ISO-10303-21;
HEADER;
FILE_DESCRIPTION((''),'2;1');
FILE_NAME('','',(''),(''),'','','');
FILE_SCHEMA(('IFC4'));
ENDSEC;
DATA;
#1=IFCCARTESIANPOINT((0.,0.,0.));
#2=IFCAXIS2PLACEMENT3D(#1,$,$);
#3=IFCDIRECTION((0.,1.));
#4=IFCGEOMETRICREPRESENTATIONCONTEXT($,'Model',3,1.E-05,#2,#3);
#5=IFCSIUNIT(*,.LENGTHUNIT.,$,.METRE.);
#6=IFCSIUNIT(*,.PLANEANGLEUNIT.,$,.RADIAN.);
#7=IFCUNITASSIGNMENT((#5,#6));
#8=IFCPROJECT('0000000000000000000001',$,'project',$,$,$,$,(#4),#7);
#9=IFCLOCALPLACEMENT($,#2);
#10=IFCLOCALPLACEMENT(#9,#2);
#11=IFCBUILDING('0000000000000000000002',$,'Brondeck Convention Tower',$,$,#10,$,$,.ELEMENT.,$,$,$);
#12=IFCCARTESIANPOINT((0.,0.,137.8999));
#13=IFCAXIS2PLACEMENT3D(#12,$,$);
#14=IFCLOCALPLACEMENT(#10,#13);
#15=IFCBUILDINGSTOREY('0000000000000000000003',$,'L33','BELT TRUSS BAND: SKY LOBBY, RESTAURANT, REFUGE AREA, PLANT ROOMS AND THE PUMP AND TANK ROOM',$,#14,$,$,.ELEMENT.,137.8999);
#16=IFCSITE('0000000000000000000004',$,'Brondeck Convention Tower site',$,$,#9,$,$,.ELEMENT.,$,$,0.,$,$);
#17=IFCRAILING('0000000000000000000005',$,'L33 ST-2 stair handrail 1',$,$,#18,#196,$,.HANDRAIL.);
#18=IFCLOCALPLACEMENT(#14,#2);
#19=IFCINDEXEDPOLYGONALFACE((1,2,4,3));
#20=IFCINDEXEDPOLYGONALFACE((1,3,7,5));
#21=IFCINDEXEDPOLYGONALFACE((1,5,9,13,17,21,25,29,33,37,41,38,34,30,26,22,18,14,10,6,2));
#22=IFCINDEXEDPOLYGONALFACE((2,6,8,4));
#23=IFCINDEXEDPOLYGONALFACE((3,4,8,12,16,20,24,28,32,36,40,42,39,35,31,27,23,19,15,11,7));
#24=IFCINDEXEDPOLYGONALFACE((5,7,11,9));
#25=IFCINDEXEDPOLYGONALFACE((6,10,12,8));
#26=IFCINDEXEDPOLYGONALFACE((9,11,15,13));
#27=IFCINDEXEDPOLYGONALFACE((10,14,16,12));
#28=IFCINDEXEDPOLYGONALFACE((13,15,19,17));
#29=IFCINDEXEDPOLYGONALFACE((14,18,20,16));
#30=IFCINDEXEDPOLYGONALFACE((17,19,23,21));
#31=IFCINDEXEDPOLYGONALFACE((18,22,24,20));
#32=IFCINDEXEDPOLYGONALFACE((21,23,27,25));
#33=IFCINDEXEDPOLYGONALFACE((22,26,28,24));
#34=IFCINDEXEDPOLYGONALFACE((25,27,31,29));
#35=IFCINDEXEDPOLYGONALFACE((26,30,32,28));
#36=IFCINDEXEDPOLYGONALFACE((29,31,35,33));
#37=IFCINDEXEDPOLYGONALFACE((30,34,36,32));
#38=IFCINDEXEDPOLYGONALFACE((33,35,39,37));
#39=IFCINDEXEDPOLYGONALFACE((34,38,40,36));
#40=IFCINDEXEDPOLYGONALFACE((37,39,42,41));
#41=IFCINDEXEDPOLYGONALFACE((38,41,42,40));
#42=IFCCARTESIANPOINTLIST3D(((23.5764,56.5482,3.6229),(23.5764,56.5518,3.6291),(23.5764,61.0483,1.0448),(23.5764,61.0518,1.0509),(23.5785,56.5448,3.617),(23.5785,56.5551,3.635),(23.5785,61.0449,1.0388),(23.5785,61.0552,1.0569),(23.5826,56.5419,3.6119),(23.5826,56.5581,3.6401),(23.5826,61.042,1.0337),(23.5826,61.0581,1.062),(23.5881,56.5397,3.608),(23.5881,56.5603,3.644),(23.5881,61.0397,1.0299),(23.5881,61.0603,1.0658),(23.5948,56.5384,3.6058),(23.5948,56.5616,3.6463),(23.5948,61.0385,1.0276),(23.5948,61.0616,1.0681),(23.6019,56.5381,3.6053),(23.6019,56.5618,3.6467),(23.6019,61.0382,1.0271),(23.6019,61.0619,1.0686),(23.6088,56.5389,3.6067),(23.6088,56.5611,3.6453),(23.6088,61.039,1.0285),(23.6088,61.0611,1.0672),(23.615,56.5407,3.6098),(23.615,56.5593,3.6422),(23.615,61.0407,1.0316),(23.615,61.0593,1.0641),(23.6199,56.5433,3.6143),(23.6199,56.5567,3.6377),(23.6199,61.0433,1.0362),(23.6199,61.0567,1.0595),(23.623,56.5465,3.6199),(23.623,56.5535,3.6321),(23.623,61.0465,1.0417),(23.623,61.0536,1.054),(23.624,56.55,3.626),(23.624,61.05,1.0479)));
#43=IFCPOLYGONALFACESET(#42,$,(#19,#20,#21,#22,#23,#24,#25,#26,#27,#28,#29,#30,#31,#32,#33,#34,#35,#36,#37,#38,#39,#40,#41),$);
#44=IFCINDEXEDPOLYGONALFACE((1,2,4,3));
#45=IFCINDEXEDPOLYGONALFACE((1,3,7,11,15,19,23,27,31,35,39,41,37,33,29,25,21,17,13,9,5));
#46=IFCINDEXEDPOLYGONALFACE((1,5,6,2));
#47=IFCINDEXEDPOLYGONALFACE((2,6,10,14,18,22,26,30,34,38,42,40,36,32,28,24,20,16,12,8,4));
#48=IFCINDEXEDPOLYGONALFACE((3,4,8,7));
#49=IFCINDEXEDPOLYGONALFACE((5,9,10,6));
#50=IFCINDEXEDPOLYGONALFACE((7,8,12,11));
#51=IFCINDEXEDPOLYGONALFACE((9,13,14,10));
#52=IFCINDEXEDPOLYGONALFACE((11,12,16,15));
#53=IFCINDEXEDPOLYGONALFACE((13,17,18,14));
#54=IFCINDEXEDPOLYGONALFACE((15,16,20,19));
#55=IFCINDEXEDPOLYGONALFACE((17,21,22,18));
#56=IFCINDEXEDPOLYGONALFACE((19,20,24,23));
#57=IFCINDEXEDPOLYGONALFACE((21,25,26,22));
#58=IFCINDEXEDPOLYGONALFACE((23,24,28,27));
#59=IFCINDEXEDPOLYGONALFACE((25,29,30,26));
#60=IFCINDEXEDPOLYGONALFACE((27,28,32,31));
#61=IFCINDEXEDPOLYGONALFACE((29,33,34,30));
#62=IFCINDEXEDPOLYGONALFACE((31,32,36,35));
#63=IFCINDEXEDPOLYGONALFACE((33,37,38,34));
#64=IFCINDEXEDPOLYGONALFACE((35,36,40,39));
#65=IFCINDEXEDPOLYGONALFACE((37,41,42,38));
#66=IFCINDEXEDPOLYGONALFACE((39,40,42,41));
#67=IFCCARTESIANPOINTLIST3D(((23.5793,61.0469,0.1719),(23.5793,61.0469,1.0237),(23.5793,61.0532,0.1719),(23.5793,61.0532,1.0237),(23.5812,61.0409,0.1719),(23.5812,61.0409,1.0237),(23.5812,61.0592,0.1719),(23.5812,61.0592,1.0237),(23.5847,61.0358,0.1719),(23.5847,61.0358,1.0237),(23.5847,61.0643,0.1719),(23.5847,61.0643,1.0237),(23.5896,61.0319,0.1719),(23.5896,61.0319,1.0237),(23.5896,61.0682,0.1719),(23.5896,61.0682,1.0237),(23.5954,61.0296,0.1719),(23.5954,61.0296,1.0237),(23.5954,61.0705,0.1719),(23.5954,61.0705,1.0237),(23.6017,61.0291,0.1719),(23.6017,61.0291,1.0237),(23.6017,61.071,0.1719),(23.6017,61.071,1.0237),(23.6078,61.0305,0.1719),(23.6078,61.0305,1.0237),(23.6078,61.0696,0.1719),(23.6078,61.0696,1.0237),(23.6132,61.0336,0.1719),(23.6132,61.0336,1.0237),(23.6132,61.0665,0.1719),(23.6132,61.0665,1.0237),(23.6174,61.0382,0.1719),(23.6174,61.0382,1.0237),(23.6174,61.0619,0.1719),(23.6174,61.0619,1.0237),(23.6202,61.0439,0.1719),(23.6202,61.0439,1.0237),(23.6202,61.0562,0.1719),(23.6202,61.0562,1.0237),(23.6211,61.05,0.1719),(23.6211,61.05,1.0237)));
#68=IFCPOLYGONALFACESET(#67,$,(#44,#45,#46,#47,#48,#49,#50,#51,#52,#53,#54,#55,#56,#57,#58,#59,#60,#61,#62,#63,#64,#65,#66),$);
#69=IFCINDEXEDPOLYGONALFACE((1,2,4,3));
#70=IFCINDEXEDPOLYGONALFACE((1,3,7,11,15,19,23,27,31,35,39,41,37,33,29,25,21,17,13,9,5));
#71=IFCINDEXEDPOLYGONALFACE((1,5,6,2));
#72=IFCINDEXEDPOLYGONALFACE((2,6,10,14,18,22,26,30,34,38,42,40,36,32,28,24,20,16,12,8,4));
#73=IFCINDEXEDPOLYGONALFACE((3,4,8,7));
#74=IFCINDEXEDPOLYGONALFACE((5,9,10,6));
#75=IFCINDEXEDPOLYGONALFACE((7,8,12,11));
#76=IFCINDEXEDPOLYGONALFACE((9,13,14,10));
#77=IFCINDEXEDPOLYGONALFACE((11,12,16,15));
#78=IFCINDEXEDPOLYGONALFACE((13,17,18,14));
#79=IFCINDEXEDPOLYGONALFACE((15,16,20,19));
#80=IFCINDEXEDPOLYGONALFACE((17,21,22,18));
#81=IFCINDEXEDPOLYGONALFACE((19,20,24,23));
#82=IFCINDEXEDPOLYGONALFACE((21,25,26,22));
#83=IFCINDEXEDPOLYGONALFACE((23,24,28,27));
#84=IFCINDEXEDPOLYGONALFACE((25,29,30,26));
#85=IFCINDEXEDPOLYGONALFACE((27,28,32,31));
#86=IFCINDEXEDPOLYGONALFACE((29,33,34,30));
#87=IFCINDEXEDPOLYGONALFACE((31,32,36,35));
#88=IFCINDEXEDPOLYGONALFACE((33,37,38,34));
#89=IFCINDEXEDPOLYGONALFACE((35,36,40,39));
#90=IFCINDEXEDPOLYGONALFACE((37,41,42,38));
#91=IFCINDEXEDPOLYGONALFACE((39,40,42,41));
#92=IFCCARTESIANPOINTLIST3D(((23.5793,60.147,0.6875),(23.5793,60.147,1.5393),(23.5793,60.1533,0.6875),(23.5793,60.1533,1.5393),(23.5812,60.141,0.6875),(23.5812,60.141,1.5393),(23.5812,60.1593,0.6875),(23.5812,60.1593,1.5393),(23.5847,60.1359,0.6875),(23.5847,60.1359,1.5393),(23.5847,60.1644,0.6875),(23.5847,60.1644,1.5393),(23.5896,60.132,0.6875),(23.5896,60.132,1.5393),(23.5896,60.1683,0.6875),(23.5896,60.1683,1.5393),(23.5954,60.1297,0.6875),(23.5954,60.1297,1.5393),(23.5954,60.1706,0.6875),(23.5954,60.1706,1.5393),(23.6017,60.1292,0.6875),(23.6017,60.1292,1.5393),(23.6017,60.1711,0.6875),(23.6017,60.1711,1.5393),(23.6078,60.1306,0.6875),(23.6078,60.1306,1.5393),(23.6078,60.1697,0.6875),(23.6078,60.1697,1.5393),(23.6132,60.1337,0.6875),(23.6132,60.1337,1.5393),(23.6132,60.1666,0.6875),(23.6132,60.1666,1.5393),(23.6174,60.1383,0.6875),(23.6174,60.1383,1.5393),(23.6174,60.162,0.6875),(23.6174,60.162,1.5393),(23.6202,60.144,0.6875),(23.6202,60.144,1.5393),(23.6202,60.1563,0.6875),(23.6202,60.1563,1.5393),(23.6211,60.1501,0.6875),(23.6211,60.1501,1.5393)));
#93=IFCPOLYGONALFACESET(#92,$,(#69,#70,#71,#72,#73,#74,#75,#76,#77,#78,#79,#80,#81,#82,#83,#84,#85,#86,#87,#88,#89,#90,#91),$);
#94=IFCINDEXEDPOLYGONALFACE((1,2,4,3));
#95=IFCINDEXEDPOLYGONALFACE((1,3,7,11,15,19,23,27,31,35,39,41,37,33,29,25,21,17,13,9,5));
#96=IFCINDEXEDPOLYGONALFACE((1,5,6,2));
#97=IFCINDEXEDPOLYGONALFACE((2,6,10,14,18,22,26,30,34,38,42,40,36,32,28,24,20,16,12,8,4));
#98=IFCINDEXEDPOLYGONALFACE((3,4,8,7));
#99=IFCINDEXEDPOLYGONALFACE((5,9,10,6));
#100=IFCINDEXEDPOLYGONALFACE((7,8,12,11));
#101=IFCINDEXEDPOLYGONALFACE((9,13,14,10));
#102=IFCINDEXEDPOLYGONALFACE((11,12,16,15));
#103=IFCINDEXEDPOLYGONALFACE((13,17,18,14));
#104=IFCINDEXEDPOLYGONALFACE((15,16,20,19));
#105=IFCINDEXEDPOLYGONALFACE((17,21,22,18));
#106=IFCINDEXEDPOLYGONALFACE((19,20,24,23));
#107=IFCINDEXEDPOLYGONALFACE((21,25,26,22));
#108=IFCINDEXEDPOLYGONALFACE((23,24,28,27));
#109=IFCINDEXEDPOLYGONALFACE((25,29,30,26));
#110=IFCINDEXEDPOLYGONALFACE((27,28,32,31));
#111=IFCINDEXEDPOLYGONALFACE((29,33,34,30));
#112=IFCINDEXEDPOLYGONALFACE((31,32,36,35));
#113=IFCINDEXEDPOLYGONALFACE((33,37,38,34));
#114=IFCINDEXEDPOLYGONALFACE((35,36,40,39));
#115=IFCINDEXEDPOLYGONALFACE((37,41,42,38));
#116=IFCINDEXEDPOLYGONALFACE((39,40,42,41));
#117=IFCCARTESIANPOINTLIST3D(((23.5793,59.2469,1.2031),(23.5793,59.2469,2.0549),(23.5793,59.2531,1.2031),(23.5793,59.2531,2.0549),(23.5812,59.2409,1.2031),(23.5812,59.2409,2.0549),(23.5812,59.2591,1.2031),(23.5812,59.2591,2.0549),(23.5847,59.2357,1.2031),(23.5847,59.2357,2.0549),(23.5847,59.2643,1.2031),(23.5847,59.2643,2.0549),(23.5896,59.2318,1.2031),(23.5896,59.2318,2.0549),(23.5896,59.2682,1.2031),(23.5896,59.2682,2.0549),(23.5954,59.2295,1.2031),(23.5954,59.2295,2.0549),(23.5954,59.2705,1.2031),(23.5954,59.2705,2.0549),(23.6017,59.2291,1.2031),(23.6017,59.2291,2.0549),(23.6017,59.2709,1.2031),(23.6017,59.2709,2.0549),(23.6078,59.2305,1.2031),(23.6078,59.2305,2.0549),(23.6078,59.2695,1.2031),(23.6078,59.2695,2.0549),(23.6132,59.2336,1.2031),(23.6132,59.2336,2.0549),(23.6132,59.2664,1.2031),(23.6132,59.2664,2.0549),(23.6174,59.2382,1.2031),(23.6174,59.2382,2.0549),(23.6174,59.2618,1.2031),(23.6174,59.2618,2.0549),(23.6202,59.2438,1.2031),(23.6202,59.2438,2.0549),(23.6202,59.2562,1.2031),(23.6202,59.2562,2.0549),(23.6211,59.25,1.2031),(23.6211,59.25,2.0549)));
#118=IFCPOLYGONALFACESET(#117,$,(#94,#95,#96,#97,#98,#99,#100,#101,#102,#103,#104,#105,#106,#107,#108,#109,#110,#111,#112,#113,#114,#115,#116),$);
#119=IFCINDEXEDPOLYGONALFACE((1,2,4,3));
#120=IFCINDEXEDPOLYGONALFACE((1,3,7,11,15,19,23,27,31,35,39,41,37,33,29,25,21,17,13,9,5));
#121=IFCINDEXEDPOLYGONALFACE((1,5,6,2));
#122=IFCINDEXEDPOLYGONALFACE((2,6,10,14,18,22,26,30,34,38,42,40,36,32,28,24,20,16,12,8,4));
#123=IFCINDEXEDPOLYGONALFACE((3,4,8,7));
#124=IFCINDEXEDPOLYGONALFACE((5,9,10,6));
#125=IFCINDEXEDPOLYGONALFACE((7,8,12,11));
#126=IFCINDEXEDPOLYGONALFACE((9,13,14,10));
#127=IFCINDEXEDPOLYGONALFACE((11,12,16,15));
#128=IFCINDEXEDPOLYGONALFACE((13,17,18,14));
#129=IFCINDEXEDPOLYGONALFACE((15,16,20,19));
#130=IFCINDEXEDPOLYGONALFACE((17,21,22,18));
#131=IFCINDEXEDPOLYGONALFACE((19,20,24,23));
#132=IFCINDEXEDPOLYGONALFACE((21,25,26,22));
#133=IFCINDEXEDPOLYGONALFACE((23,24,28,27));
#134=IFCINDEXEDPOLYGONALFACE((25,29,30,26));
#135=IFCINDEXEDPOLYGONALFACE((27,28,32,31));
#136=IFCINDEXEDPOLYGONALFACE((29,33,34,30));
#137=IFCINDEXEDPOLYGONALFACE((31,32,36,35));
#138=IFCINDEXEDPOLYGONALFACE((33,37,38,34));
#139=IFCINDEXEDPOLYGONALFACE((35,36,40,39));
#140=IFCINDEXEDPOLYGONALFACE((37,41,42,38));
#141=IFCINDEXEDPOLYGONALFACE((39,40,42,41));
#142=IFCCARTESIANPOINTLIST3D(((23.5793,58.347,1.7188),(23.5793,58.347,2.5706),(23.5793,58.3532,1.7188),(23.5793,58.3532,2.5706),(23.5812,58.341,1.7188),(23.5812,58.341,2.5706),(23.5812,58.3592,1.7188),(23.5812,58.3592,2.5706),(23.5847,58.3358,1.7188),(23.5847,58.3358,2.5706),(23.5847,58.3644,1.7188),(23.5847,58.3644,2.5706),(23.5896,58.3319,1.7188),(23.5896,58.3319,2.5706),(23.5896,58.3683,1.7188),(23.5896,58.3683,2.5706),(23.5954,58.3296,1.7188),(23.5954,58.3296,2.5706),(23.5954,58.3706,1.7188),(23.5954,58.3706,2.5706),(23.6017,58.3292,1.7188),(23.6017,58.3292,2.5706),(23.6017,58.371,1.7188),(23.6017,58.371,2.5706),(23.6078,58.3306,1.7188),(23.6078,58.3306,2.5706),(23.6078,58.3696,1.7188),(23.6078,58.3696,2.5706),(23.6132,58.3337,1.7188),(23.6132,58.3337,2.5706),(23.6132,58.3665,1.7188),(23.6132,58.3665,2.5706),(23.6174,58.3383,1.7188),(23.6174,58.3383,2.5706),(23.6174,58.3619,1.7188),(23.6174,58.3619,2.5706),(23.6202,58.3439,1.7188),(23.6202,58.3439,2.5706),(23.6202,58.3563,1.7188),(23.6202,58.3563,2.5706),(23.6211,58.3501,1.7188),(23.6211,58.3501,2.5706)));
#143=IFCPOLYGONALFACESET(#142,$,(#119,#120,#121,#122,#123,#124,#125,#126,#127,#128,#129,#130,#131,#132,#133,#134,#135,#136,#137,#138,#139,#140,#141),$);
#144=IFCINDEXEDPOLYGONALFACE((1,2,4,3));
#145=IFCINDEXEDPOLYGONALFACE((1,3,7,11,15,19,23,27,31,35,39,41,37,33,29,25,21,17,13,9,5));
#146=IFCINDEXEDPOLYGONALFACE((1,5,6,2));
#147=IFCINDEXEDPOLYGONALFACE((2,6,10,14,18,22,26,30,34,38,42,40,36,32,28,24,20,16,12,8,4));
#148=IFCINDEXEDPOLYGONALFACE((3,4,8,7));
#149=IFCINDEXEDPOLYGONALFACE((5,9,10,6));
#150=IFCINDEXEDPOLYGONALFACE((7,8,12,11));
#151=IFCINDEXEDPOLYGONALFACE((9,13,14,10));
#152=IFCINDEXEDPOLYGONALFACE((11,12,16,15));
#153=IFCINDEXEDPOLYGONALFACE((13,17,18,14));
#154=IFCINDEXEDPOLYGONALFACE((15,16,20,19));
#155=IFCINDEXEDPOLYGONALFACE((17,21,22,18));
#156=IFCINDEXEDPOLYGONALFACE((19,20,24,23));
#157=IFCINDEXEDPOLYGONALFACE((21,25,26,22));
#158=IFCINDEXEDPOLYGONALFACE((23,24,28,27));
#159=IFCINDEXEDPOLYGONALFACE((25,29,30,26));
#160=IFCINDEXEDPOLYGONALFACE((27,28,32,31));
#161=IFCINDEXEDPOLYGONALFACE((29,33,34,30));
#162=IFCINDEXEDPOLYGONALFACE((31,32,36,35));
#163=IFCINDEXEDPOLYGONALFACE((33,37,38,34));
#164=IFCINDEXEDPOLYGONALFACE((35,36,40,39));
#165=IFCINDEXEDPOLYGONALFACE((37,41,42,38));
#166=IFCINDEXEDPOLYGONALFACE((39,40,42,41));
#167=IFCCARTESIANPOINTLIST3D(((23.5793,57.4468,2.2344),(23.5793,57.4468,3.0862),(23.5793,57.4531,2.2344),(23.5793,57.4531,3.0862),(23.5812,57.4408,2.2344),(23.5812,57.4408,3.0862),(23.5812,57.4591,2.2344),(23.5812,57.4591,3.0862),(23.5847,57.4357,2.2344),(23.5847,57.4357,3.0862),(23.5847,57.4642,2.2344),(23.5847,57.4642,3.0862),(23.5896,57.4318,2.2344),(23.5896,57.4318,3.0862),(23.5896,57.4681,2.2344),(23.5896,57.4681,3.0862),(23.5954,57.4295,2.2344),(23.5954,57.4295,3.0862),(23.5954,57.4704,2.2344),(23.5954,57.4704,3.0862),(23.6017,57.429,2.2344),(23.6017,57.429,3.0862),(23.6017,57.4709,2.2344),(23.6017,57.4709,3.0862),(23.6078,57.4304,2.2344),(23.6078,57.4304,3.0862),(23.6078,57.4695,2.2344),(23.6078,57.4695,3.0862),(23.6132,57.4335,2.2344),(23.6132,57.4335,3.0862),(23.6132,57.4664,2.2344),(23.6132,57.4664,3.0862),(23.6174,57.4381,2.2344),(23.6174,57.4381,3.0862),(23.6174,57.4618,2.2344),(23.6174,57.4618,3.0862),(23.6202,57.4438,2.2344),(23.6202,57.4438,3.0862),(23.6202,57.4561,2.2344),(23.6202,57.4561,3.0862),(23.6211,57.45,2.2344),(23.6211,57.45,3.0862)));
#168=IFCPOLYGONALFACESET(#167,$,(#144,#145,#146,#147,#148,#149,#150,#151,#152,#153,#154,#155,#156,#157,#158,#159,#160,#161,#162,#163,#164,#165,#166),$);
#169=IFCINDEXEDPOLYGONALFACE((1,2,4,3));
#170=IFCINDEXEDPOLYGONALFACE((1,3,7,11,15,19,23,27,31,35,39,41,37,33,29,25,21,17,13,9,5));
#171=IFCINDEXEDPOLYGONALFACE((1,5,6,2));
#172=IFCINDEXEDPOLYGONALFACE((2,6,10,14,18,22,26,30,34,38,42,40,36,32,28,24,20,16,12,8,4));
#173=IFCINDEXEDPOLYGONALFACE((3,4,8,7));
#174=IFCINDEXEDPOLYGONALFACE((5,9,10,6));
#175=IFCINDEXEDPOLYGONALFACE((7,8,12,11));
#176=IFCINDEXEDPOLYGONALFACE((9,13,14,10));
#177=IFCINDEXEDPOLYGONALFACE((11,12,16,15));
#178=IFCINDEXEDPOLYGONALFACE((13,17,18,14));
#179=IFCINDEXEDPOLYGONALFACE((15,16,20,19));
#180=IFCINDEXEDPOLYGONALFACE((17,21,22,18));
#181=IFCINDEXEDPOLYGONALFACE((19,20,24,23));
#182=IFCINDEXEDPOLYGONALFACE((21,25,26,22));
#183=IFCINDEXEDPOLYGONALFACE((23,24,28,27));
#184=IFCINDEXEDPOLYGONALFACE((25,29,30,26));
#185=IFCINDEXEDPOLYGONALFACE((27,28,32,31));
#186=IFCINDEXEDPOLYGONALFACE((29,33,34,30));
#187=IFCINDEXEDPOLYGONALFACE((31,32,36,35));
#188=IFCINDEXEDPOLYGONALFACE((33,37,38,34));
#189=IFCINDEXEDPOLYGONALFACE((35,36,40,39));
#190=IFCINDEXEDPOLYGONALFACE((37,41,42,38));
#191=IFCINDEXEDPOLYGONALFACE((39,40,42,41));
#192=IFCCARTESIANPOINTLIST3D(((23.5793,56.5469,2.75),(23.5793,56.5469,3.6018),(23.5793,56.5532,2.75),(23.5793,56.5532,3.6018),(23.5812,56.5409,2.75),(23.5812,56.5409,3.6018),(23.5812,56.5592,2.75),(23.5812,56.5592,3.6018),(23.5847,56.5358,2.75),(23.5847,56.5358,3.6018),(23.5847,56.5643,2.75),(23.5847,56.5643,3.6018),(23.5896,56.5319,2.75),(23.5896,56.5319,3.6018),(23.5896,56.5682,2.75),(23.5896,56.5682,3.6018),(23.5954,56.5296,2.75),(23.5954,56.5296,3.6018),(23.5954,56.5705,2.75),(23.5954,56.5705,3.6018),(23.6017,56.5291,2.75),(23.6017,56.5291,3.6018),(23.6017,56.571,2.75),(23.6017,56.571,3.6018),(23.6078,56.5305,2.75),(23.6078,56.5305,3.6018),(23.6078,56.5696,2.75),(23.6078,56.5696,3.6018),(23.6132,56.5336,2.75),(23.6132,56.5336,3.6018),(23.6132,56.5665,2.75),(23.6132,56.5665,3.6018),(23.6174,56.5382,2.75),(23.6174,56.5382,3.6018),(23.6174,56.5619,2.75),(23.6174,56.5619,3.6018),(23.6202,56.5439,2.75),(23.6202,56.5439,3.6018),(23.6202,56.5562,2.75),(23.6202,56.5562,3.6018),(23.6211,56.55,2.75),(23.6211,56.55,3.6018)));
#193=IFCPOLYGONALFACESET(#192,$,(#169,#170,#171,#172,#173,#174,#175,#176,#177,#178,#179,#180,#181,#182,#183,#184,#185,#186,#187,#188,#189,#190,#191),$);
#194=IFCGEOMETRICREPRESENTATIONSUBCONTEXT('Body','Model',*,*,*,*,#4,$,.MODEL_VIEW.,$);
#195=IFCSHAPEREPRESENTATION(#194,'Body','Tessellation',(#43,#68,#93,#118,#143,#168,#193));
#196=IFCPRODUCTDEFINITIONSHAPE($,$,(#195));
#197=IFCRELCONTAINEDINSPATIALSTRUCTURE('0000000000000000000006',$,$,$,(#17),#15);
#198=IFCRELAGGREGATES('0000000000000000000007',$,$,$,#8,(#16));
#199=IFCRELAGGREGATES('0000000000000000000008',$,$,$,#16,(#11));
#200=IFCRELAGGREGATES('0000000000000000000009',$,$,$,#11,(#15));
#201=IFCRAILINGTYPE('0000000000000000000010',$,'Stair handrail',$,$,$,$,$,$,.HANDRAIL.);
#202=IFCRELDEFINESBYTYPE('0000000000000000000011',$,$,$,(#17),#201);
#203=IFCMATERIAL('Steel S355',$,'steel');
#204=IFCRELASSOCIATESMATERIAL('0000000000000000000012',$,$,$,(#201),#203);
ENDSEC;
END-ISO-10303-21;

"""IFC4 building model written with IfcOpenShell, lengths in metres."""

from ifc_helpers import new_model, si_unit, direction, frame, origin, origin_2d, place, context, subcontext, project, spatial, circle, extrude, material, type_object, element, save


model = new_model("IFC4")

# Units and contexts
model_context = context("Model", 3, precision=1e-05, world=origin(), true_north=direction((0.0, 1.0)))
body_context = subcontext(model_context, "Body", "Model", "MODEL_VIEW")
ifc_project = project(units=[si_unit("LENGTHUNIT", "METRE"), si_unit("PLANEANGLEUNIT", "RADIAN")], contexts=[model_context])

# Site, building, storey
site_placement = place(None, origin())
site = spatial("IfcSite", under=ifc_project, at=site_placement, Name="Brondeck Convention Tower site", CompositionType="ELEMENT", RefElevation=0.0)
building_placement = place(site_placement, origin())
building = spatial("IfcBuilding", under=site, at=building_placement, Name="Brondeck Convention Tower", CompositionType="ELEMENT")
storey_placement = place(building_placement, frame((0.0, 0.0, 137.8999)))
storey = spatial("IfcBuildingStorey", under=building, at=storey_placement, Name="L33", Description="BELT TRUSS BAND: SKY LOBBY, RESTAURANT, REFUGE AREA, PLANT ROOMS AND THE PUMP AND TANK ROOM", CompositionType="ELEMENT", Elevation=137.8999)

# Railing
ifc_material_1 = material(Name="Steel S355", Category="steel")
railing_type_1 = type_object("IfcRailingType", Name="Stair handrail", PredefinedType="HANDRAIL", material=ifc_material_1)
railing_1_placement = place(storey_placement, frame((23.6001, 61.05, 0.1719)))
element("IfcRailing", 1, at=railing_1_placement, inside=storey, type_object=railing_type_1, Name="L33 ST-2 stair handrail 1", PredefinedType="HANDRAIL", context=body_context, shape_type="SweptSolid", body=[
    extrude(circle(Radius=0.0239, at=origin_2d()), frame((0.0, 0.0, 0.876), z_axis=(0.0, -0.867686, 0.497112), x_axis=(1.0, 0.0, 0.0)), (0.0, 0.0, 1.0), 5.1863),
    extrude(circle(Radius=0.021, at=origin_2d()), origin(), (0.0, 0.0, 1.0), 0.8518),
    extrude(circle(Radius=0.021, at=origin_2d()), frame((0.0, -0.8999, 0.5156)), (0.0, 0.0, 1.0), 0.8518),
    extrude(circle(Radius=0.021, at=origin_2d()), frame((0.0, -1.8, 1.0312)), (0.0, 0.0, 1.0), 0.8518),
    extrude(circle(Radius=0.021, at=origin_2d()), frame((0.0, -2.7, 1.5469)), (0.0, 0.0, 1.0), 0.8518),
    extrude(circle(Radius=0.021, at=origin_2d()), frame((0.0, -3.6001, 2.0625)), (0.0, 0.0, 1.0), 0.8518),
    extrude(circle(Radius=0.021, at=origin_2d()), frame((0.0, -4.5, 2.5781)), (0.0, 0.0, 1.0), 0.8518),
])

save(model, "model.ifc")
